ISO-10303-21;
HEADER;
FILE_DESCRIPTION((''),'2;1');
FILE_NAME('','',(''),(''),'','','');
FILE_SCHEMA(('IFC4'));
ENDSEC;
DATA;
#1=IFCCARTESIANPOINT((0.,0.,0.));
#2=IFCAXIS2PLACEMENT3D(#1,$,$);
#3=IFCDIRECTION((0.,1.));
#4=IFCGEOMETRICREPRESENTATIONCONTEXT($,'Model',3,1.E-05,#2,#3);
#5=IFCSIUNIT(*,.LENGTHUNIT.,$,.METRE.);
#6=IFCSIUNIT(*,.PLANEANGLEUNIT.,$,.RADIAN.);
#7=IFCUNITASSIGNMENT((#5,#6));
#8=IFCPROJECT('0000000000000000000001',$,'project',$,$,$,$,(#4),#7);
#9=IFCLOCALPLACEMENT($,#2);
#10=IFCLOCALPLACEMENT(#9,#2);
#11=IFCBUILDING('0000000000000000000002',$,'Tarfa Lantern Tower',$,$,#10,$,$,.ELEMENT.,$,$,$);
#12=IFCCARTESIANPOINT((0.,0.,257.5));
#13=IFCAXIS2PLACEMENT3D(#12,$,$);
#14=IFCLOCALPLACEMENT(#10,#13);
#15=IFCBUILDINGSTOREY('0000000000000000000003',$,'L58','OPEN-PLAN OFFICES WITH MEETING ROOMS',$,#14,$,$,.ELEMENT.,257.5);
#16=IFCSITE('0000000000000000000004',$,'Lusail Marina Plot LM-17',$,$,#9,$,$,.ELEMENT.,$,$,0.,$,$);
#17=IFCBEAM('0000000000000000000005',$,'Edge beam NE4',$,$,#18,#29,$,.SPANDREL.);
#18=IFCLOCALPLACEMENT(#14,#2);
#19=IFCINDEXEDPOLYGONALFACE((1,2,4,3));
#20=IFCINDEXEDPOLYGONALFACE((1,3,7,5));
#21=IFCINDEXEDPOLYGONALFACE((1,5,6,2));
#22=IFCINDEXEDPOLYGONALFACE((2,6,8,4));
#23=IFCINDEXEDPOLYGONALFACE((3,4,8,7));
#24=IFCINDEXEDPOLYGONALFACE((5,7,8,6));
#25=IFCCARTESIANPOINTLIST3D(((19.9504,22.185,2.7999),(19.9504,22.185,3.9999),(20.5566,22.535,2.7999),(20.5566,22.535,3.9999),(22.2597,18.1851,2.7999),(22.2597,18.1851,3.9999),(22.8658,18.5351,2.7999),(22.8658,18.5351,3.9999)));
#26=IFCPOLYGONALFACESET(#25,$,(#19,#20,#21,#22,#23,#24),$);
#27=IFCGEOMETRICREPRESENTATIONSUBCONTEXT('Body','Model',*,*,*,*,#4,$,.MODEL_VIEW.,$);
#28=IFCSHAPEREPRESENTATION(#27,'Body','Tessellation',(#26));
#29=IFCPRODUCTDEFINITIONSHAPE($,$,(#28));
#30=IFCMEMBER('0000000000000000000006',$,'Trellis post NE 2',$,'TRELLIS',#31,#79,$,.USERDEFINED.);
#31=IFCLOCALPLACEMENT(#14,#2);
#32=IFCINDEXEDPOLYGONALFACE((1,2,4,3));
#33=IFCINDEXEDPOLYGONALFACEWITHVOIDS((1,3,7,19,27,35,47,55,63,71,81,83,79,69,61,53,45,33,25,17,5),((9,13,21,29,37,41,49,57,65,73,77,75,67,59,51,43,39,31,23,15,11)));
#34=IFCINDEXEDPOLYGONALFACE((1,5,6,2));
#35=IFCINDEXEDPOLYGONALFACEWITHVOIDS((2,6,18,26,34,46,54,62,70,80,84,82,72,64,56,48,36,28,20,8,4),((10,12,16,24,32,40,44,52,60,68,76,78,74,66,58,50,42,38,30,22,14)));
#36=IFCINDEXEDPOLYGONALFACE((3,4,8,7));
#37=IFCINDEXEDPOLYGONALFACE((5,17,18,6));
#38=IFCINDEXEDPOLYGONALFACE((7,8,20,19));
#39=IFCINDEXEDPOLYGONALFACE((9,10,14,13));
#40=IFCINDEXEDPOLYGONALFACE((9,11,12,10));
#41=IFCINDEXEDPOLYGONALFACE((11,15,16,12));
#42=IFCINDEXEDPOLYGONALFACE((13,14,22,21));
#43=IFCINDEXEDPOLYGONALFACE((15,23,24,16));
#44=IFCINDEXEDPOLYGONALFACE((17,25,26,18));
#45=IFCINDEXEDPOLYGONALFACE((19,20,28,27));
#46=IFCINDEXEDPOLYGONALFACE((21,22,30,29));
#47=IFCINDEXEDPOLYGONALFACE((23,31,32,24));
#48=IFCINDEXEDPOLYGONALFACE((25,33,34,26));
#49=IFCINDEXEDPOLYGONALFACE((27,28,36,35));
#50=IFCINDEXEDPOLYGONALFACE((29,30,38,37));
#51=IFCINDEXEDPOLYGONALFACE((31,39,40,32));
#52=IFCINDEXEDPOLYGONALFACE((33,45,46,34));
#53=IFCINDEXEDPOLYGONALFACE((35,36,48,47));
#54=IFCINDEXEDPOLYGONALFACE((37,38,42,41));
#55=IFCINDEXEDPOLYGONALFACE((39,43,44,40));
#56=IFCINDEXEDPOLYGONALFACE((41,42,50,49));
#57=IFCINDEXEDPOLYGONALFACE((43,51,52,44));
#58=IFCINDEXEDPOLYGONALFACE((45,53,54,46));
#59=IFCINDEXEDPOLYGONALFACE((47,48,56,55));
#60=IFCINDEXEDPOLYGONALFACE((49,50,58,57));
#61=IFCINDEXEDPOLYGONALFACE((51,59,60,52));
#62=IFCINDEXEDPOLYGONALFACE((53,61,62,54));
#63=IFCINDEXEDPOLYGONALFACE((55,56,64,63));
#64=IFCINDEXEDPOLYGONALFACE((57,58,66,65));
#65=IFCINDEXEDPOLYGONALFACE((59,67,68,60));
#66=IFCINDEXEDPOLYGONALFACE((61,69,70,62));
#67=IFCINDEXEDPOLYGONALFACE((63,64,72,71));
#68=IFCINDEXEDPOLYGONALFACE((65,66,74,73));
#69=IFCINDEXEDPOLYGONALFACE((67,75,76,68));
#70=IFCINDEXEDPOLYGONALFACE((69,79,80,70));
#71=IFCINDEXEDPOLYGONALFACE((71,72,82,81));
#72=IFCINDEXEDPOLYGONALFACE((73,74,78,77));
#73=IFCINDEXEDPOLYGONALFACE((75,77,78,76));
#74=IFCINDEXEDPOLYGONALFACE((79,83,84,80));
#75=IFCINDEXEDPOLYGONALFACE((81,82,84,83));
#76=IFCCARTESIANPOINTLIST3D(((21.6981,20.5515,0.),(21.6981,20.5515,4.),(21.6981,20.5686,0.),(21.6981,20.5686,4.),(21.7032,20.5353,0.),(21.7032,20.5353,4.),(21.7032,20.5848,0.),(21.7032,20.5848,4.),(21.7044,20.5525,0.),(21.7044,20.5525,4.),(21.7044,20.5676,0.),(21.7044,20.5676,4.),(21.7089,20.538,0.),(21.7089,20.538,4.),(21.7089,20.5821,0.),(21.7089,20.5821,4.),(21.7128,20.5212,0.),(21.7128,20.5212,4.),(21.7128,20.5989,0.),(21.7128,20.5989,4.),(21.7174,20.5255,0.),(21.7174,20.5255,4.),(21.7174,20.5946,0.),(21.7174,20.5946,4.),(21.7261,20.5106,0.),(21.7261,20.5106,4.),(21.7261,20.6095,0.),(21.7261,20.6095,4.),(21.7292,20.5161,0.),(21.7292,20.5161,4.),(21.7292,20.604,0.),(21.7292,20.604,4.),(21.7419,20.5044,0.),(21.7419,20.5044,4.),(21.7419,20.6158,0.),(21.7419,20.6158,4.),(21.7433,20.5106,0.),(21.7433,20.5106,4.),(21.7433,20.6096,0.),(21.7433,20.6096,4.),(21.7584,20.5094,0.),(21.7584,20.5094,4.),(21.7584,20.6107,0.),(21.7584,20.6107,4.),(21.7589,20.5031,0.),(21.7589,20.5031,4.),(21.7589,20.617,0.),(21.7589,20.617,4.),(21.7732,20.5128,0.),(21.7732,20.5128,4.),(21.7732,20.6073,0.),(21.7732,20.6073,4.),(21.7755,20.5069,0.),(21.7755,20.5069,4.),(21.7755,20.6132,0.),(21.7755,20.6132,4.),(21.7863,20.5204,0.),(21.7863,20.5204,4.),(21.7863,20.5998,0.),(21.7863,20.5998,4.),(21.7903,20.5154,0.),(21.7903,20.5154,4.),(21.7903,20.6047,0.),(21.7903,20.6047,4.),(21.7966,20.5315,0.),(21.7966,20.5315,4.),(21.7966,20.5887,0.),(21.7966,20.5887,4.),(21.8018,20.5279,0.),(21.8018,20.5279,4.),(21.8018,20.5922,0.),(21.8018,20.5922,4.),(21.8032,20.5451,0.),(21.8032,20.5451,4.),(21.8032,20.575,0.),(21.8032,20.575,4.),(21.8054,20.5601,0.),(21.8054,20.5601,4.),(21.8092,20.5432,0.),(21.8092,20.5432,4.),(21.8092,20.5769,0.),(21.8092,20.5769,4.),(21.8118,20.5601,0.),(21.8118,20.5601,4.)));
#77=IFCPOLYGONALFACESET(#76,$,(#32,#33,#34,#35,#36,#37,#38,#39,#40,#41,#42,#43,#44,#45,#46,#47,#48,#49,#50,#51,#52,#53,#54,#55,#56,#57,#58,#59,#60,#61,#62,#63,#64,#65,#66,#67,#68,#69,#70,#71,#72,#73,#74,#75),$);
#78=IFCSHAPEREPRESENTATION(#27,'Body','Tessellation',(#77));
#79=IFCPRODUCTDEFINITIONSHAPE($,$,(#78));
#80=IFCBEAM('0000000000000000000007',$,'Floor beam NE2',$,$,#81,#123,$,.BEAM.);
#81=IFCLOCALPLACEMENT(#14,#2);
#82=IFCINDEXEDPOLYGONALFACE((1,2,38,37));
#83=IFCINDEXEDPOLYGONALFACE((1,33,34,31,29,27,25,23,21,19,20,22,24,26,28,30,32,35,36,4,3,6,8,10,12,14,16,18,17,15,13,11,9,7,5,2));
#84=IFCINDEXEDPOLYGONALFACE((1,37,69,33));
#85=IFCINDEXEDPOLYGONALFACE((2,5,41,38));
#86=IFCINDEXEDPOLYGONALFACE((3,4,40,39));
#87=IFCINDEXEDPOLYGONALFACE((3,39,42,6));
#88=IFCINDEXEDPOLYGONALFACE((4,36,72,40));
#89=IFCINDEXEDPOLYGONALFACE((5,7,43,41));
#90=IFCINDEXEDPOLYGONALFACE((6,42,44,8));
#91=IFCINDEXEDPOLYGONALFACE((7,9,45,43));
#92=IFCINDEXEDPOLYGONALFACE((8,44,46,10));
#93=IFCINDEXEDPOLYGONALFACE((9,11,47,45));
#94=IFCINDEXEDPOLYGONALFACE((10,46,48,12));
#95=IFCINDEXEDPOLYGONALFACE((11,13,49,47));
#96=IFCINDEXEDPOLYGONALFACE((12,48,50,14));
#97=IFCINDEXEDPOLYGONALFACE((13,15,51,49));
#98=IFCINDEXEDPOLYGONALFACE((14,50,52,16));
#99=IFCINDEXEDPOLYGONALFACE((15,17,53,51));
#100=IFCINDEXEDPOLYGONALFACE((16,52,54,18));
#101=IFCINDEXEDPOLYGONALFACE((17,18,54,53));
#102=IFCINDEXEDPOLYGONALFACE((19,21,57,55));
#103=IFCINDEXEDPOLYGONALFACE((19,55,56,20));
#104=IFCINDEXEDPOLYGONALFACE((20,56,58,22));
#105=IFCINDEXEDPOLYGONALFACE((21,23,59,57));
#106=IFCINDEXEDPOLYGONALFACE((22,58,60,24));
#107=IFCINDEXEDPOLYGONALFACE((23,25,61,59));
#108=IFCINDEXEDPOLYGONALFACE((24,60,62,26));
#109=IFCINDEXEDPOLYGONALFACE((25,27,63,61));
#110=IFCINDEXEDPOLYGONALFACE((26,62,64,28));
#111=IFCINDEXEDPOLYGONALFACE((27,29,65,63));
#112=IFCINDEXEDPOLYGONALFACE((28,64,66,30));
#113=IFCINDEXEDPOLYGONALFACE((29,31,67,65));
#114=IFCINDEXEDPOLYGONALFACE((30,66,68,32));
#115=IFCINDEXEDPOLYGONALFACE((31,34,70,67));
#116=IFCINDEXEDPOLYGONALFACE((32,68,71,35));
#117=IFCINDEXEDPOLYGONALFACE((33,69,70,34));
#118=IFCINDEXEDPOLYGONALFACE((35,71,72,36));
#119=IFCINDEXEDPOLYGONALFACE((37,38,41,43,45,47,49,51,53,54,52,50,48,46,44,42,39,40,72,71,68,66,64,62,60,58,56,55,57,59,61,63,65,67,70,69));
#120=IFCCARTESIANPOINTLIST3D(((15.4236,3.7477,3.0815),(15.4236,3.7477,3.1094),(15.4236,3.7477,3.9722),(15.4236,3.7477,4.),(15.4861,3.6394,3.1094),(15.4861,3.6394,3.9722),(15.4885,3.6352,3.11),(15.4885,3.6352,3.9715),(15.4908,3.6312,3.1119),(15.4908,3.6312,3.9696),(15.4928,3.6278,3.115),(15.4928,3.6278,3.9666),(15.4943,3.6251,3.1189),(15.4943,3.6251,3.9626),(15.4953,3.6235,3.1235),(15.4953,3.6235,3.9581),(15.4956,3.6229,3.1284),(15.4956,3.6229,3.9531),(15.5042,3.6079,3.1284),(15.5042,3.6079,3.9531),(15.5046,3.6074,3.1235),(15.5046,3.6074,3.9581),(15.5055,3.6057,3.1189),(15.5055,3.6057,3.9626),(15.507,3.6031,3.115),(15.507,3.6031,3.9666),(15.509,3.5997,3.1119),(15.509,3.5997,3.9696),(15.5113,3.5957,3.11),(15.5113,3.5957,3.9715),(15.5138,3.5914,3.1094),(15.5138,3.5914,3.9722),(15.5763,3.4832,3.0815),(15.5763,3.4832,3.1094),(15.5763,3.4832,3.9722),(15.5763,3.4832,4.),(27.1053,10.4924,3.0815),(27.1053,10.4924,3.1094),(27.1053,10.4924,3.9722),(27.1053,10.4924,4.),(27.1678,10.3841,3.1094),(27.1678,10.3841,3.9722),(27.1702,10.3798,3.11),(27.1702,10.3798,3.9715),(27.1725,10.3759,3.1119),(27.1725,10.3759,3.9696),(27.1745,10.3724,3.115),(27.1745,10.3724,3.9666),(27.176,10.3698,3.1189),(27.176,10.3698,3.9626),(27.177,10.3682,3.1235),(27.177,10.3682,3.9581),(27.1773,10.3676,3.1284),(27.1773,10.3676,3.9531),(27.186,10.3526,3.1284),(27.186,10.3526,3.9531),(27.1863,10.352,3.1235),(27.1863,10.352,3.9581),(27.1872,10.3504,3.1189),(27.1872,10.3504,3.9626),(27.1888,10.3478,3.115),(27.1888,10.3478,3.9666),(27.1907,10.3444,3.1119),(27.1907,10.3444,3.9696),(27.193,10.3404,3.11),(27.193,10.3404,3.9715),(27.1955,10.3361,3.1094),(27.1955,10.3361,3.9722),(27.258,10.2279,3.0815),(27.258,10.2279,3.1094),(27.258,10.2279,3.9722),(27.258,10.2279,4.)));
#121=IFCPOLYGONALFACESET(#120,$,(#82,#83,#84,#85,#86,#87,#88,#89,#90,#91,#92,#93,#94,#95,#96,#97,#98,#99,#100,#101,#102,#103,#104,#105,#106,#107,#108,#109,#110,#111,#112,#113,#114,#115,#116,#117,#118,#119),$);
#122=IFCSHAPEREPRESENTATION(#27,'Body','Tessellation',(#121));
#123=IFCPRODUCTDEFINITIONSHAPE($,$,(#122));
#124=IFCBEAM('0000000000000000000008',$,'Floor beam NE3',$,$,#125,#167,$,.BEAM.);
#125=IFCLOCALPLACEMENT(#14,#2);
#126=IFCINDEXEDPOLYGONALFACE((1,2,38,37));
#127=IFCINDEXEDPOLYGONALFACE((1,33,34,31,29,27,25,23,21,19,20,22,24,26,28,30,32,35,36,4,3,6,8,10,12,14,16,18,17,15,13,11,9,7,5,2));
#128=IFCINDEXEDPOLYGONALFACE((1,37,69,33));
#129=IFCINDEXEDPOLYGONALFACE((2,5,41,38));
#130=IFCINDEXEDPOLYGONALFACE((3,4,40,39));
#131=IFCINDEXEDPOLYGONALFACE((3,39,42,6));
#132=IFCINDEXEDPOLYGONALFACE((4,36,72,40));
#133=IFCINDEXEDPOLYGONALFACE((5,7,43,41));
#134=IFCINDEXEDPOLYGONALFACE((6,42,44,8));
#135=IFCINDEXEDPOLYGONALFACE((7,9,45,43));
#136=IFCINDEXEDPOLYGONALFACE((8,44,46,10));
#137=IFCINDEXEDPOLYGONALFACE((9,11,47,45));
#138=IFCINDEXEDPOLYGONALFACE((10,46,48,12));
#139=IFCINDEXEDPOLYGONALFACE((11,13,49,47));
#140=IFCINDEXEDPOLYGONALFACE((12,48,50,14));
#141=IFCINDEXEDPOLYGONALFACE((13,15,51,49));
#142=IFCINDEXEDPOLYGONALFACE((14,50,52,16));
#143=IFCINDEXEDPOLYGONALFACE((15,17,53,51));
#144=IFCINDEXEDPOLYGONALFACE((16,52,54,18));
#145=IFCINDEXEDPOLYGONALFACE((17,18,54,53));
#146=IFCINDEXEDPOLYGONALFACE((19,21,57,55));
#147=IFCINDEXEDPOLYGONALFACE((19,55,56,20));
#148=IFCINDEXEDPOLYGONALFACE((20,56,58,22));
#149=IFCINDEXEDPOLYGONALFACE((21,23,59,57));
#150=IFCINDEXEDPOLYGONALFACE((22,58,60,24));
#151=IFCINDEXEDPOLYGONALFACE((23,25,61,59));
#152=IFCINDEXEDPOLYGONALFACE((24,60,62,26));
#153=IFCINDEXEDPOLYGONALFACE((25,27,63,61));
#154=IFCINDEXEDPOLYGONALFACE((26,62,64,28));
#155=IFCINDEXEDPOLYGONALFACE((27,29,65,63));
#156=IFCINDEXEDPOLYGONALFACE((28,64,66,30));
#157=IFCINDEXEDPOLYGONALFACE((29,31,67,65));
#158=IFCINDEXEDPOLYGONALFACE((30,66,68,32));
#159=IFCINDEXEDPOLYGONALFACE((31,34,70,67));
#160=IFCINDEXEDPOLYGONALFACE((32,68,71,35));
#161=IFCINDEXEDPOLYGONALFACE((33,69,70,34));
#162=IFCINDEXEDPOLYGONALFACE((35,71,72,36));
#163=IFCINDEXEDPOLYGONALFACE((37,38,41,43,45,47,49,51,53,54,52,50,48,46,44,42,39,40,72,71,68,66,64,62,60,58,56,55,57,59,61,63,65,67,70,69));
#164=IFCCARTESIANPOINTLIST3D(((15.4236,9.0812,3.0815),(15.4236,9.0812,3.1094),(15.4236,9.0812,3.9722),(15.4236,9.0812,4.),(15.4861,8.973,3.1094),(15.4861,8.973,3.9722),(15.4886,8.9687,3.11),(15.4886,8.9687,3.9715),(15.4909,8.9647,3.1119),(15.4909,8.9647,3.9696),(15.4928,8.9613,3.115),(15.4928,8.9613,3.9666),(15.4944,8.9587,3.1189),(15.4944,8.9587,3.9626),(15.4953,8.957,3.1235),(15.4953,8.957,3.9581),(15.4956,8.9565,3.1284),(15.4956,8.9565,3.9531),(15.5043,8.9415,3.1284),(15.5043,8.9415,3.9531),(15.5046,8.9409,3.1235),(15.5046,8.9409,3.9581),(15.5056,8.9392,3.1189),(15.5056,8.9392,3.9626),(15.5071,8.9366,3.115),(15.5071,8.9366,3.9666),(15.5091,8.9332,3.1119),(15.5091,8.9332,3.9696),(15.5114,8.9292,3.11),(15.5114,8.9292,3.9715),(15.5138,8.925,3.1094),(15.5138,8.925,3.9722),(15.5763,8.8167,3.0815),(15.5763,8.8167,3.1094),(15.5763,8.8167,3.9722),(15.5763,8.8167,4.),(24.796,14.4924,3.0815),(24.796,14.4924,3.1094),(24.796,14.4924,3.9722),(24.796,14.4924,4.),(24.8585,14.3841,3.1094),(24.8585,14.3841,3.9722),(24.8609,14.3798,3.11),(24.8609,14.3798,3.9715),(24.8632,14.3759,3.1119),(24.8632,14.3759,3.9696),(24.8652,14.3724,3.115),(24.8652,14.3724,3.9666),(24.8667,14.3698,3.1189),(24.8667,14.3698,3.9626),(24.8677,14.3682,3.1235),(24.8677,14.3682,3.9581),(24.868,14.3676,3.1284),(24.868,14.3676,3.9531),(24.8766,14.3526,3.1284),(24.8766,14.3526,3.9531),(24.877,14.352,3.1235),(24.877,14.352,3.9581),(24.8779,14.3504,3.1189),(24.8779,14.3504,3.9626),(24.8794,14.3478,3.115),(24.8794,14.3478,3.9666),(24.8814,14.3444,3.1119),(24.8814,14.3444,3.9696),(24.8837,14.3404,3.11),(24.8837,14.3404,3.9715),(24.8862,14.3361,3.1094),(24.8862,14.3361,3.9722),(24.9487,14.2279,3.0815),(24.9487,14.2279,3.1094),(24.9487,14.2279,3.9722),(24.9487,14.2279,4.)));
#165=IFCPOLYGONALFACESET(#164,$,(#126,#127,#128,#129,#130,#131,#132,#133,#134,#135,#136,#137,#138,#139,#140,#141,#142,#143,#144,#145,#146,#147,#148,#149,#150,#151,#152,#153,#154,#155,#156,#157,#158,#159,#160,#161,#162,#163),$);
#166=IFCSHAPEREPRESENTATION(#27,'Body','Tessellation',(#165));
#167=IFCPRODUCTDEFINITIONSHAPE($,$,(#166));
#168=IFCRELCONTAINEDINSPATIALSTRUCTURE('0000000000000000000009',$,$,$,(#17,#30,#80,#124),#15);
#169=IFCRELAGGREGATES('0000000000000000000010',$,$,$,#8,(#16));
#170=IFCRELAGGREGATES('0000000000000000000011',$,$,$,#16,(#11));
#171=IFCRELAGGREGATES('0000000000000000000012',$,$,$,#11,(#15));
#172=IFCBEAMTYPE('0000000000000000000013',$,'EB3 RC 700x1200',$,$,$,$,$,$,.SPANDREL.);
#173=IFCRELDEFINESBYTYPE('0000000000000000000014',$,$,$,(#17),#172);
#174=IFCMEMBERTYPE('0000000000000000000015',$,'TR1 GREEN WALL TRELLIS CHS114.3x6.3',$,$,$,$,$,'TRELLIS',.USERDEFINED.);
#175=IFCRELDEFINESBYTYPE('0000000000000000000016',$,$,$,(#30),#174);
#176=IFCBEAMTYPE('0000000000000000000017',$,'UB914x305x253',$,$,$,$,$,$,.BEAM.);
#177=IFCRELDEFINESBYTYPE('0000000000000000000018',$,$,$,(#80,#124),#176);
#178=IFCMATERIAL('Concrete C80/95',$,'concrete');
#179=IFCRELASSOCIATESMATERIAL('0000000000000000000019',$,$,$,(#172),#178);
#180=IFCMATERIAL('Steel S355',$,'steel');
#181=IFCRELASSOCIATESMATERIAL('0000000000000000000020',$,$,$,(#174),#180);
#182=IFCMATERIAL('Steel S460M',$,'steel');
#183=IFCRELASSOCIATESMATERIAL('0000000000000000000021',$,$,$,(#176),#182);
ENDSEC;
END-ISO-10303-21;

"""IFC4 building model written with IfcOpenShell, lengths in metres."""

from ifc_helpers import new_model, si_unit, direction, frame, origin, origin_2d, place, context, subcontext, project, spatial, rectangle, hollow_circle, i_section, extrude, material, material_profile, profile_set, type_object, element, save


model = new_model("IFC4")

# Units and contexts
model_context = context("Model", 3, precision=1e-05, world=origin(), true_north=direction((0.0, 1.0)))
body_context = subcontext(model_context, "Body", "Model", "MODEL_VIEW")
ifc_project = project(units=[si_unit("LENGTHUNIT", "METRE"), si_unit("PLANEANGLEUNIT", "RADIAN")], contexts=[model_context])

# Site, building, storey
site_placement = place(None, origin())
site = spatial("IfcSite", under=ifc_project, at=site_placement, Name="Lusail Marina Plot LM-17", CompositionType="ELEMENT", RefElevation=0.0)
building_placement = place(site_placement, origin())
building = spatial("IfcBuilding", under=site, at=building_placement, Name="Tarfa Lantern Tower", CompositionType="ELEMENT")
storey_placement = place(building_placement, frame((0.0, 0.0, 257.5)))
storey = spatial("IfcBuildingStorey", under=building, at=storey_placement, Name="L58", Description="OPEN-PLAN OFFICES WITH MEETING ROOMS", CompositionType="ELEMENT", Elevation=257.5)

# Shared definitions
ifc_material_1 = material(Name="Concrete C80/95", Category="concrete")

# Beam
ifc_material_profile_1 = material_profile(ifc_material_1, rectangle(XDim=0.7, YDim=1.2, at=origin_2d()), Name="RC 700x1200")
ifc_profile_set_1 = profile_set([ifc_material_profile_1], Name="Concrete C80/95")
beam_type_1 = type_object("IfcBeamType", Name="EB3 RC 700x1200", PredefinedType="SPANDREL", material=ifc_profile_set_1)
beam_1_placement = place(storey_placement, frame((22.5627, 18.3601, 3.3999), z_axis=(-0.499988, 0.866032, 0.0), x_axis=(-0.866032, -0.499988, 0.0)))
element("IfcBeam", 1, at=beam_1_placement, inside=storey, type_object=beam_type_1, Name="Edge beam NE4", PredefinedType="SPANDREL", context=body_context, shape_type="SweptSolid", body=[
    extrude(rectangle(XDim=0.7, YDim=1.2, at=origin_2d()), origin(), (0.0, 0.0, 1.0), 4.6187),
])

# Member
ifc_material_2 = material(Name="Steel S355", Category="steel")
ifc_material_profile_2 = material_profile(ifc_material_2, hollow_circle(Radius=0.0571, WallThickness=0.0063, at=origin_2d()), Name="CHS114.3x6.3")
ifc_profile_set_2 = profile_set([ifc_material_profile_2], Name="Steel S355")
member_type_1 = type_object("IfcMemberType", Name="TR1 GREEN WALL TRELLIS CHS114.3x6.3", ElementType="TRELLIS", PredefinedType="USERDEFINED", material=ifc_profile_set_2)
member_1_placement = place(storey_placement, frame((21.7546, 20.5601, 0.0), z_axis=(0.0, 0.0, 1.0), x_axis=(1.0, 0.0, 0.0)))
element("IfcMember", 2, at=member_1_placement, inside=storey, type_object=member_type_1, Name="Trellis post NE 2", ObjectType="TRELLIS", PredefinedType="USERDEFINED", context=body_context, shape_type="SweptSolid", body=[
    extrude(hollow_circle(Radius=0.0571, WallThickness=0.0063, at=origin_2d()), origin(), (0.0, 0.0, 1.0), 4.0),
])

# Beams
ifc_material_3 = material(Name="Steel S460M", Category="steel")
ifc_material_profile_3 = material_profile(ifc_material_3, i_section(OverallWidth=0.3054, OverallDepth=0.9185, WebThickness=0.0173, FlangeThickness=0.0278, FilletRadius=0.019, at=origin_2d()), Name="UB914x305x253")
ifc_profile_set_3 = profile_set([ifc_material_profile_3], Name="Steel S460M")
beam_type_2 = type_object("IfcBeamType", Name="UB914x305x253", PredefinedType="BEAM", material=ifc_profile_set_3)
beam_2_placement = place(storey_placement, frame((27.1816, 10.3601, 3.5408), z_axis=(-0.866018, -0.500013, 0.0), x_axis=(0.500013, -0.866018, 0.0)))
element("IfcBeam", 3, at=beam_2_placement, inside=storey, type_object=beam_type_2, Name="Floor beam NE2", PredefinedType="BEAM", context=body_context, shape_type="SweptSolid", body=[
    extrude(i_section(OverallWidth=0.3054, OverallDepth=0.9185, WebThickness=0.0173, FlangeThickness=0.0278, FilletRadius=0.019, at=origin_2d()), origin(), (0.0, 0.0, 1.0), 13.489),
])
beam_3_placement = place(storey_placement, frame((24.8723, 14.3601, 3.5408), z_axis=(-0.866024, -0.500002, 0.0), x_axis=(0.500002, -0.866024, 0.0)))
element("IfcBeam", 4, at=beam_3_placement, inside=storey, type_object=beam_type_2, Name="Floor beam NE3", PredefinedType="BEAM", context=body_context, shape_type="SweptSolid", body=[
    extrude(i_section(OverallWidth=0.3054, OverallDepth=0.9185, WebThickness=0.0173, FlangeThickness=0.0278, FilletRadius=0.019, at=origin_2d()), origin(), (0.0, 0.0, 1.0), 10.8223),
])

save(model, "model.ifc")
